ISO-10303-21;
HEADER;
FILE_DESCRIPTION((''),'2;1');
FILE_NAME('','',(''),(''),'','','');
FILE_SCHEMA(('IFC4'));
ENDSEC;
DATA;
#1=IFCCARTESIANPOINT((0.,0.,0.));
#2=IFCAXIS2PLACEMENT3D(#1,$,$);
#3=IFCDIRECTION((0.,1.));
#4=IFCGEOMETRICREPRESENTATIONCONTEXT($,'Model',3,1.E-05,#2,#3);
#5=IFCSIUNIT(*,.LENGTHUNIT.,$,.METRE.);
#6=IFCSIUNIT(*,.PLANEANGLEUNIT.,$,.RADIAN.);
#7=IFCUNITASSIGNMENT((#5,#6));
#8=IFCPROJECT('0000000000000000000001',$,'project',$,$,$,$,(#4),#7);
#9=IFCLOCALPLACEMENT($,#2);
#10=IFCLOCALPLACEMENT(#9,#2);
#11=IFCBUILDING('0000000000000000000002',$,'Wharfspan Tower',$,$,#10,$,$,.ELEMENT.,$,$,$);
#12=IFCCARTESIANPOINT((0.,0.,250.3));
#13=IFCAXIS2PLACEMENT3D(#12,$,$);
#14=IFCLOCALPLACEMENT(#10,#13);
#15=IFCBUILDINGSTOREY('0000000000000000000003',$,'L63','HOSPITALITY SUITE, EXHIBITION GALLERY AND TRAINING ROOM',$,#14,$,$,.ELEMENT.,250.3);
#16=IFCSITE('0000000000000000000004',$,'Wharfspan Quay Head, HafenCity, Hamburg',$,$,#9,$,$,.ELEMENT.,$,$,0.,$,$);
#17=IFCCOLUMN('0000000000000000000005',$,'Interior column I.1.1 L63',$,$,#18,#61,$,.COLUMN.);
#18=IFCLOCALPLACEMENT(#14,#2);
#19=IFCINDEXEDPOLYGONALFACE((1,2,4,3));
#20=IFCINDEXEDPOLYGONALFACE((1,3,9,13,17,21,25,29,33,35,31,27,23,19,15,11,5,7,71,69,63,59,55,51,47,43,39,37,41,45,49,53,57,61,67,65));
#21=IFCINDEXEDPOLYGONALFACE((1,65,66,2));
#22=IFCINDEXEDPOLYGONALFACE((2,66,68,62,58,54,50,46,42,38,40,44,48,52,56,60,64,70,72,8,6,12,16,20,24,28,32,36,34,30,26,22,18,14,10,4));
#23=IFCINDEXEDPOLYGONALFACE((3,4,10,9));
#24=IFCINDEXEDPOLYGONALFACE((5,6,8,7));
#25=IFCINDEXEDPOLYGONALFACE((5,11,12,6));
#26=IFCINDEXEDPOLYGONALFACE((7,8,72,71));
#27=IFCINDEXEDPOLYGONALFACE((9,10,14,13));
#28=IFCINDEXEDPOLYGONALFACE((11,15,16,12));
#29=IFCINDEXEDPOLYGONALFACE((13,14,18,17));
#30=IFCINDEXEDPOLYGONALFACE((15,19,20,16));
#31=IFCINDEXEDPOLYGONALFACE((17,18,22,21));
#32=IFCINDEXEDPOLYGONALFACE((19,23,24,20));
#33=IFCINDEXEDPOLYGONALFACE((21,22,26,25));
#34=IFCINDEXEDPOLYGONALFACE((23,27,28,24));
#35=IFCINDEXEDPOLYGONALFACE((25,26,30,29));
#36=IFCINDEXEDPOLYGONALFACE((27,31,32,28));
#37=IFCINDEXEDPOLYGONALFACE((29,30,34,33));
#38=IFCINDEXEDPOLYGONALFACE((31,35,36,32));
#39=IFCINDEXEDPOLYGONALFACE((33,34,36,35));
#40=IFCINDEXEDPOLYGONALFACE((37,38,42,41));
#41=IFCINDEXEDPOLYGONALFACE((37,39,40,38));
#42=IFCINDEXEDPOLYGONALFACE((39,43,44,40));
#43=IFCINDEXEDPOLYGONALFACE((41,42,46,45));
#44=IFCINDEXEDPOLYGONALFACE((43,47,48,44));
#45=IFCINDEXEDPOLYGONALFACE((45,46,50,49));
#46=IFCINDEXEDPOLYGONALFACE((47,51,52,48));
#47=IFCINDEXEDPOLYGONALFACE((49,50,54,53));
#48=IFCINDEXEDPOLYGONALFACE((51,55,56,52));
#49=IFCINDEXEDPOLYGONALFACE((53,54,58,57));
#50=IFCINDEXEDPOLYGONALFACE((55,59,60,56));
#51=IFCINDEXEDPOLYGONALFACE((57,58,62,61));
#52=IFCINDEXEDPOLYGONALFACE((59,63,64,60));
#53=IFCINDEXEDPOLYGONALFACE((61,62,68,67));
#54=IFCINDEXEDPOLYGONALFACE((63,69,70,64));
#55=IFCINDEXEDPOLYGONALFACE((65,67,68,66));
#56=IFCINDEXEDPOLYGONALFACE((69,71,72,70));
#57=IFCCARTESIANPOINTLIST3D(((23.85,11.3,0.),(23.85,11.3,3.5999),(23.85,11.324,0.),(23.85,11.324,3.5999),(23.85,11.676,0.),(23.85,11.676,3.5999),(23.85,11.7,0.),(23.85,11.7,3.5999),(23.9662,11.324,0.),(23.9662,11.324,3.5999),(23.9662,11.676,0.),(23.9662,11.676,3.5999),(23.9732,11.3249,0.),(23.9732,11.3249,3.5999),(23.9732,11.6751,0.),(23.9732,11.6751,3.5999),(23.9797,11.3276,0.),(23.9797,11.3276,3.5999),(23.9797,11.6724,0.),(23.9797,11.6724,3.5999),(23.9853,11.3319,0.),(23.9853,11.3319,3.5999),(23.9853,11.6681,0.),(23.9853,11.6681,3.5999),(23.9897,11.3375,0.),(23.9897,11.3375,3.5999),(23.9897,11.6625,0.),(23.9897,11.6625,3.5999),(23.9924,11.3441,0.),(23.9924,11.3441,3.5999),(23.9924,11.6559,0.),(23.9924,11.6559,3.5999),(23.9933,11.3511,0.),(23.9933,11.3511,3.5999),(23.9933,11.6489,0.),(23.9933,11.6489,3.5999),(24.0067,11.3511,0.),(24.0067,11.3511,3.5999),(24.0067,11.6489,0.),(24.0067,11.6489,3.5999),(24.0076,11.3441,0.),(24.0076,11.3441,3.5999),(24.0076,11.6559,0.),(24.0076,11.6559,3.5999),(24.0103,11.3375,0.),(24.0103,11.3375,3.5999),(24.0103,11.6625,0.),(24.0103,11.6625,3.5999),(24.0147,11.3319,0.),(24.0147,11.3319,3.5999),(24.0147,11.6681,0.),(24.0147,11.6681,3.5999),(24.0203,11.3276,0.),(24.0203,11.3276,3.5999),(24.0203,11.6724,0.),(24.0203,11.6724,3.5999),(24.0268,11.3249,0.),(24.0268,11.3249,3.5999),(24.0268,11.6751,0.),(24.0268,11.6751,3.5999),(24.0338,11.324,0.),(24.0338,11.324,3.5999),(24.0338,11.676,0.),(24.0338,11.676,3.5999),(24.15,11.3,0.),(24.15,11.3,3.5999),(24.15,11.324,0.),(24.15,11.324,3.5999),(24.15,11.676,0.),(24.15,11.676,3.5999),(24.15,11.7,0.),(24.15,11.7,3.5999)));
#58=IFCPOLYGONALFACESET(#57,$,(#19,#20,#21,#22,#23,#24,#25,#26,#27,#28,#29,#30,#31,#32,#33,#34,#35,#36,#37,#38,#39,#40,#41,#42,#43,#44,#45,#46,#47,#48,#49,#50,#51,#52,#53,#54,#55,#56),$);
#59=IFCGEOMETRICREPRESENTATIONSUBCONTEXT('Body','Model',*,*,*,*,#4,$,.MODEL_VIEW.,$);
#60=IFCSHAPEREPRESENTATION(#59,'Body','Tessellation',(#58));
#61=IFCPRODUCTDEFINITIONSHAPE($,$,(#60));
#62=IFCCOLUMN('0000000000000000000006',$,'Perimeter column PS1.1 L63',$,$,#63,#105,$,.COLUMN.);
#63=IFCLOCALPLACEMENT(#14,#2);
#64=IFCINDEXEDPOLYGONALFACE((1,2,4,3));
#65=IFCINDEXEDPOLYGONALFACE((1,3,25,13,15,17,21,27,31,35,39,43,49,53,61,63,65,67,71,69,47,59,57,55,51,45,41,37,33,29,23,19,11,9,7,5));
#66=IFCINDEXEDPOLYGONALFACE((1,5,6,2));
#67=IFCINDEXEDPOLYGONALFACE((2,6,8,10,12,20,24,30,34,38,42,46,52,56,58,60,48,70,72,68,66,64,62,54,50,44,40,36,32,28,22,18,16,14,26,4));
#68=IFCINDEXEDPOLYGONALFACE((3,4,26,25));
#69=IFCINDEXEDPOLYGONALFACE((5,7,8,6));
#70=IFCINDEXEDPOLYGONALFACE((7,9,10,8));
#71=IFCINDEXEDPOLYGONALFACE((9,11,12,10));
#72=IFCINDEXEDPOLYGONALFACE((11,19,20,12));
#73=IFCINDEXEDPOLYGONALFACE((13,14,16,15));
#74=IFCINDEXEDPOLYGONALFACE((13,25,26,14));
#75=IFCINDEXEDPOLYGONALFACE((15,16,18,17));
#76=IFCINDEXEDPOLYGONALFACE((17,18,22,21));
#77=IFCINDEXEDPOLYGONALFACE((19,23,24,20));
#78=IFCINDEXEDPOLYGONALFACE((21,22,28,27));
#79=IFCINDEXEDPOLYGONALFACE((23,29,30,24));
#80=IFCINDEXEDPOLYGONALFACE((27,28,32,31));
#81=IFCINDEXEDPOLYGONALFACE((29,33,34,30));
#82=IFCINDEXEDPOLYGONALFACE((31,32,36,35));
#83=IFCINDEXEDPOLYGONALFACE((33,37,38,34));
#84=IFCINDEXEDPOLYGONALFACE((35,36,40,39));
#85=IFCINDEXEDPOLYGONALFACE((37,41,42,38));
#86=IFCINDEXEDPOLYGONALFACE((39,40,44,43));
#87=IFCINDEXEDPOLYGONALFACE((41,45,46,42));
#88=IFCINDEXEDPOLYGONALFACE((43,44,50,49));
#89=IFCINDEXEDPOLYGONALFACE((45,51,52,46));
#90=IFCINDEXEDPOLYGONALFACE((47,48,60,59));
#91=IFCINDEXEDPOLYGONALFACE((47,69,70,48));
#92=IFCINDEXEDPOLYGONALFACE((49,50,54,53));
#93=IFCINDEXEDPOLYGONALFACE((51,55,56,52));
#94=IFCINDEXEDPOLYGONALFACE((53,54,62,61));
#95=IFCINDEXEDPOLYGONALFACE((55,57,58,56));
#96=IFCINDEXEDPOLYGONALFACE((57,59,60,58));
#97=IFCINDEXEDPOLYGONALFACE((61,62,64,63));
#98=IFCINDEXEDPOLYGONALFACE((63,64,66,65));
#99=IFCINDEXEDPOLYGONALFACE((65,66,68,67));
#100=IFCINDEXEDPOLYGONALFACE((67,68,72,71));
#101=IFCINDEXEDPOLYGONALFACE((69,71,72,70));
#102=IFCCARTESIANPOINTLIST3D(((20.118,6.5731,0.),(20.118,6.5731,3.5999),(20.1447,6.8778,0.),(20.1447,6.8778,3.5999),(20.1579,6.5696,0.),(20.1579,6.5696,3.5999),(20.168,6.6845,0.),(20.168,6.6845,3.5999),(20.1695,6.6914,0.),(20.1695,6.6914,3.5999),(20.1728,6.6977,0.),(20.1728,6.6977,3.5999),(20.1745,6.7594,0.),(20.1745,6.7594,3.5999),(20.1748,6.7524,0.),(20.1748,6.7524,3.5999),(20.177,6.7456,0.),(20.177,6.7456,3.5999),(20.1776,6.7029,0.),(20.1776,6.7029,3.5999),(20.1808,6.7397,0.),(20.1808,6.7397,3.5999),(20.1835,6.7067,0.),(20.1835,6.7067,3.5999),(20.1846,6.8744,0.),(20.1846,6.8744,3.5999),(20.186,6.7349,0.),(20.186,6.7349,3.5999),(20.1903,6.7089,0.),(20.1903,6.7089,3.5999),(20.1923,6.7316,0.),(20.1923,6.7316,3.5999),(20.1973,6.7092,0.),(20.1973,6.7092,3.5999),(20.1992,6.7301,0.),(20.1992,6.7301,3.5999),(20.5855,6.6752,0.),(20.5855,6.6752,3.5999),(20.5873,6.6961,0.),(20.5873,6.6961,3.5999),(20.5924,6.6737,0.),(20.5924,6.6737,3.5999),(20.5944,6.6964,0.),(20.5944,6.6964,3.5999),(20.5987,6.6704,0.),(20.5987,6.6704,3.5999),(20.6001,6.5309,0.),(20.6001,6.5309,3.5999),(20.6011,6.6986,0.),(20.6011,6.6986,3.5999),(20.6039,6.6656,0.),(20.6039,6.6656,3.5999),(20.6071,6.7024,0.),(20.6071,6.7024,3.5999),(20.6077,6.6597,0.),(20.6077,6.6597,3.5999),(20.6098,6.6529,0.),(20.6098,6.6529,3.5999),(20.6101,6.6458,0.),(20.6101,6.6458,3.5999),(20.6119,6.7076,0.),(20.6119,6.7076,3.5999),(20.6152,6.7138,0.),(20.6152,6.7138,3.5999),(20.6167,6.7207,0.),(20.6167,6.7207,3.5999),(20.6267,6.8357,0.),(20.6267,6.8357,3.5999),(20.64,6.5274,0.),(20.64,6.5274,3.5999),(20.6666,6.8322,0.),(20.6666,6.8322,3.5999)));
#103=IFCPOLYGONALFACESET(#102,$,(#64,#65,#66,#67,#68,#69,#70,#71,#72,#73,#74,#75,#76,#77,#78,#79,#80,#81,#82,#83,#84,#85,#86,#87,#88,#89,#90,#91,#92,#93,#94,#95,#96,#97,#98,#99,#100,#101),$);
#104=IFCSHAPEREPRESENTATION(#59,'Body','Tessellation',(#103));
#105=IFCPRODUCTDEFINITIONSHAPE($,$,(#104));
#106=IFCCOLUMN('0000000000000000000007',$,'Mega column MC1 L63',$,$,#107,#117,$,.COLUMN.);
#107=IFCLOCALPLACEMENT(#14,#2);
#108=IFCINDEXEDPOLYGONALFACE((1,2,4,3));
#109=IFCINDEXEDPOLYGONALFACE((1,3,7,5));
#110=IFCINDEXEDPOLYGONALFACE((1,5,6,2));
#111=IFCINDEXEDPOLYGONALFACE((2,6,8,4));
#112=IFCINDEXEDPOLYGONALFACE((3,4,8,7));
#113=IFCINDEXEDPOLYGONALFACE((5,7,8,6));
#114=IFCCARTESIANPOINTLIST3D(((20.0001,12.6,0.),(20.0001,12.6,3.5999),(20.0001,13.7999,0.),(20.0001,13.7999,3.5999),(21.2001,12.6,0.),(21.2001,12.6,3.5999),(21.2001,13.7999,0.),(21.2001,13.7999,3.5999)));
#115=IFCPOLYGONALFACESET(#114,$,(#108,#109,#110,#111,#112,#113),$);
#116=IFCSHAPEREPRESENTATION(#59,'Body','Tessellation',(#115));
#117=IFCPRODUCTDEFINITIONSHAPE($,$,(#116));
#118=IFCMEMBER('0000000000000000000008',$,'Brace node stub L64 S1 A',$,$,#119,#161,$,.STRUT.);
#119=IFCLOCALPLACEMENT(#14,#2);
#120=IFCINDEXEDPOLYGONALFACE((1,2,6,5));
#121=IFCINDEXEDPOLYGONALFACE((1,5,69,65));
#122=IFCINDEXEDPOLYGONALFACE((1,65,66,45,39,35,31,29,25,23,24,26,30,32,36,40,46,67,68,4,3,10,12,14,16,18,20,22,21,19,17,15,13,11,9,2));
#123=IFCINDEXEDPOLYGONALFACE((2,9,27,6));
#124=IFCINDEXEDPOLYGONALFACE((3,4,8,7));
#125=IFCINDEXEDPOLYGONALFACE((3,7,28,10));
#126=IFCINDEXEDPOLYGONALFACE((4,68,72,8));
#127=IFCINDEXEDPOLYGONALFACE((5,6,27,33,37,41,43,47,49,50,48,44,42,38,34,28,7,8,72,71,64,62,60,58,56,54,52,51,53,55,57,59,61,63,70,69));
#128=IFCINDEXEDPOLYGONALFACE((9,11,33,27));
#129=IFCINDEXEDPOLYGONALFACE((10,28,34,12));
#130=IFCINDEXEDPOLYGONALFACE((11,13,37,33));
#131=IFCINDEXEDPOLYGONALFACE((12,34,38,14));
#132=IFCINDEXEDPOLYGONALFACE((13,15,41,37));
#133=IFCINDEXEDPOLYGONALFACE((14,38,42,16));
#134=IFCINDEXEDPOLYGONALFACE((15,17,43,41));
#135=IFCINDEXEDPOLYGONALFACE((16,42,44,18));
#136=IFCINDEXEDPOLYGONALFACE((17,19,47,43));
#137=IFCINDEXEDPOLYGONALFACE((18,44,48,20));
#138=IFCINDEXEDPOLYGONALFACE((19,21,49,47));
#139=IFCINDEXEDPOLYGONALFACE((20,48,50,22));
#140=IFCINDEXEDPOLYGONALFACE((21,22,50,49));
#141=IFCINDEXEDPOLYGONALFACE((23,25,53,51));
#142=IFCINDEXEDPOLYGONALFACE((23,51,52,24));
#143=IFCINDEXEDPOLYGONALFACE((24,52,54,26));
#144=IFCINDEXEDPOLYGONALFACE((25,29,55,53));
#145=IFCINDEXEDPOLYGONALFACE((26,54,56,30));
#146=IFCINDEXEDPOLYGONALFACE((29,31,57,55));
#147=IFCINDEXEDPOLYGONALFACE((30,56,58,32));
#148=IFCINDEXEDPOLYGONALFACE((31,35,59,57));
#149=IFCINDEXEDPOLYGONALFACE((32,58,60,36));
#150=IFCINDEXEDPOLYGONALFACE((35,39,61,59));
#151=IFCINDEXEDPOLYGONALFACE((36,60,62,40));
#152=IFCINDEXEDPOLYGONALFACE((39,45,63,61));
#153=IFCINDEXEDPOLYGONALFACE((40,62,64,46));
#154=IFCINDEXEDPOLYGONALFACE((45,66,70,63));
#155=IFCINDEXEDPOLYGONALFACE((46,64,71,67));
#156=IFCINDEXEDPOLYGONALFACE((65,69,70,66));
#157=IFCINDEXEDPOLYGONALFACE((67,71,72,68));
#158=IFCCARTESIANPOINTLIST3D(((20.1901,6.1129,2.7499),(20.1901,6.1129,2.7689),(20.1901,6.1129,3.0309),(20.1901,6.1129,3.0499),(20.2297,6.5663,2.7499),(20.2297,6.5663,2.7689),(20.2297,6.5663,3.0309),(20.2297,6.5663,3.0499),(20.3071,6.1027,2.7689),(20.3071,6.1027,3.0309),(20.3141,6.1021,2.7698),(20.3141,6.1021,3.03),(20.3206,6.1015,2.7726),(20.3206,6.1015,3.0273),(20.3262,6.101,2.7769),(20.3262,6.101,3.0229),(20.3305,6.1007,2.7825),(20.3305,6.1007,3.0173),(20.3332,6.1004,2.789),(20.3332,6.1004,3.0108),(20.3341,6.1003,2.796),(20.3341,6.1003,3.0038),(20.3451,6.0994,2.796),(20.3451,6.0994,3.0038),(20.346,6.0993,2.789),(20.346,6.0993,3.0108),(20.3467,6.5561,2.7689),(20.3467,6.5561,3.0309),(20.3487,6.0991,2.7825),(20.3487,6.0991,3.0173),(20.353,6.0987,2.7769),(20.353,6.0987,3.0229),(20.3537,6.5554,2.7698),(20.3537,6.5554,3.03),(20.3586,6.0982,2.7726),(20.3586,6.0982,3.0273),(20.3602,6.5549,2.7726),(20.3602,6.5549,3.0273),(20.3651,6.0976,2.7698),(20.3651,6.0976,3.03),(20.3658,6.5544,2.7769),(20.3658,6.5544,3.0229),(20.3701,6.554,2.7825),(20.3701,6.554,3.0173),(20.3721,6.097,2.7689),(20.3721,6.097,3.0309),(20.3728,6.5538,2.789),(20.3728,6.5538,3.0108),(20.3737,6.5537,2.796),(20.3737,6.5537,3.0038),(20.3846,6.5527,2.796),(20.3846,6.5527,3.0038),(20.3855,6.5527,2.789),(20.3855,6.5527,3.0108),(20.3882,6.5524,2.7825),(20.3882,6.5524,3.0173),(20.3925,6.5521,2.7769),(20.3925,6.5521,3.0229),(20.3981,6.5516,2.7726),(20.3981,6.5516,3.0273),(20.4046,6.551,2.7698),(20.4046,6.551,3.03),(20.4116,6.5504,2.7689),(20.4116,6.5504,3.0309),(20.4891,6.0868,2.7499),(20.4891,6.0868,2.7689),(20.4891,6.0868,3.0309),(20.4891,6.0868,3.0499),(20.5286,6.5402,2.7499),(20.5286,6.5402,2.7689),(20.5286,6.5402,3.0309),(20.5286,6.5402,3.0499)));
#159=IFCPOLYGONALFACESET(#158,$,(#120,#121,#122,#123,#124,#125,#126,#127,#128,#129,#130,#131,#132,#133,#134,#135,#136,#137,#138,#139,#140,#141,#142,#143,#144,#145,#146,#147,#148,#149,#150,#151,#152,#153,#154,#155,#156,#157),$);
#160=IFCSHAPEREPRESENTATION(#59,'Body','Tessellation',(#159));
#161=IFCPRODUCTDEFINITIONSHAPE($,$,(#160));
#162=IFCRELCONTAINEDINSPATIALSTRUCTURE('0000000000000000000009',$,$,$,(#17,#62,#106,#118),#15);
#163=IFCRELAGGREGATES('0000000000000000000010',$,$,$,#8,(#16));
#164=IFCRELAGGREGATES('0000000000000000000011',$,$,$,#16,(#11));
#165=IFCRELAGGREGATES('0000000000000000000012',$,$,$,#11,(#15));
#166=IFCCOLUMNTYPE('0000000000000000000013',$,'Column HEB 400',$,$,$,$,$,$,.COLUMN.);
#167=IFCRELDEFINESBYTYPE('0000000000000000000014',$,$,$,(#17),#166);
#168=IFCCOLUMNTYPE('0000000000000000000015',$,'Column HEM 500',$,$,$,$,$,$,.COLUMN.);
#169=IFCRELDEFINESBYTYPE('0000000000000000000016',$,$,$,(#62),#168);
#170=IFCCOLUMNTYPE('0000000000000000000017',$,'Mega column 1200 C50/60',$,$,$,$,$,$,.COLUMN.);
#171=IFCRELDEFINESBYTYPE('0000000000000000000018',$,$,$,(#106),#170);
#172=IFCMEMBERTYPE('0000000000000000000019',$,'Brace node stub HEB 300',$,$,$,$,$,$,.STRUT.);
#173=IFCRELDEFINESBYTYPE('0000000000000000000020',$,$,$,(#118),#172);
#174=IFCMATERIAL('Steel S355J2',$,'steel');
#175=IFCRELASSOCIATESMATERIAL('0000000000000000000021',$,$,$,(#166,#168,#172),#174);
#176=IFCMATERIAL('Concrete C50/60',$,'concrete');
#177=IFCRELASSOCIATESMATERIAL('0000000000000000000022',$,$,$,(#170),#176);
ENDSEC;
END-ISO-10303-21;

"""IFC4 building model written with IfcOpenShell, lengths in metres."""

from ifc_helpers import new_model, si_unit, direction, frame, origin, origin_2d, place, context, subcontext, project, spatial, rectangle, i_section, extrude, material, material_profile, profile_set, type_object, element, save


model = new_model("IFC4")

# Units and contexts
model_context = context("Model", 3, precision=1e-05, world=origin(), true_north=direction((0.0, 1.0)))
body_context = subcontext(model_context, "Body", "Model", "MODEL_VIEW")
ifc_project = project(units=[si_unit("LENGTHUNIT", "METRE"), si_unit("PLANEANGLEUNIT", "RADIAN")], contexts=[model_context])

# Site, building, storey
site_placement = place(None, origin())
site = spatial("IfcSite", under=ifc_project, at=site_placement, Name="Wharfspan Quay Head, HafenCity, Hamburg", CompositionType="ELEMENT", RefElevation=0.0)
building_placement = place(site_placement, origin())
building = spatial("IfcBuilding", under=site, at=building_placement, Name="Wharfspan Tower", CompositionType="ELEMENT")
storey_placement = place(building_placement, frame((0.0, 0.0, 250.3)))
storey = spatial("IfcBuildingStorey", under=building, at=storey_placement, Name="L63", Description="HOSPITALITY SUITE, EXHIBITION GALLERY AND TRAINING ROOM", CompositionType="ELEMENT", Elevation=250.3)

# Columns
ifc_material_1 = material(Name="Steel S355J2", Category="steel")
ifc_material_profile_1 = material_profile(ifc_material_1, i_section(OverallWidth=0.3, OverallDepth=0.3999, WebThickness=0.0134, FlangeThickness=0.0239, FilletRadius=0.0271, at=origin_2d()))
ifc_profile_set_1 = profile_set([ifc_material_profile_1], Name="Steel S355J2")
column_type_1 = type_object("IfcColumnType", Name="Column HEB 400", PredefinedType="COLUMN", material=ifc_profile_set_1)
column_1_placement = place(storey_placement, frame((24.0, 11.5, 0.0), z_axis=(0.0, 0.0, 1.0), x_axis=(1.0, 0.0, 0.0)))
element("IfcColumn", 1, at=column_1_placement, inside=storey, type_object=column_type_1, Name="Interior column I.1.1 L63", PredefinedType="COLUMN", context=body_context, shape_type="SweptSolid", body=[
    extrude(i_section(OverallWidth=0.3, OverallDepth=0.3999, WebThickness=0.0134, FlangeThickness=0.0239, FilletRadius=0.0271, at=origin_2d()), origin(), (0.0, 0.0, 1.0), 3.5999),
])
ifc_material_profile_2 = material_profile(ifc_material_1, i_section(OverallWidth=0.3059, OverallDepth=0.5239, WebThickness=0.021, FlangeThickness=0.04, FilletRadius=0.0271, at=origin_2d()))
ifc_profile_set_2 = profile_set([ifc_material_profile_2], Name="Steel S355J2")
column_type_2 = type_object("IfcColumnType", Name="Column HEM 500", PredefinedType="COLUMN", material=ifc_profile_set_2)
column_2_placement = place(storey_placement, frame((20.3923, 6.7026, 0.0), z_axis=(0.0, 0.0, 1.0), x_axis=(-0.087156, -0.996197, 0.0)))
element("IfcColumn", 2, at=column_2_placement, inside=storey, type_object=column_type_2, Name="Perimeter column PS1.1 L63", PredefinedType="COLUMN", context=body_context, shape_type="SweptSolid", body=[
    extrude(i_section(OverallWidth=0.3059, OverallDepth=0.5239, WebThickness=0.021, FlangeThickness=0.04, FilletRadius=0.0271, at=origin_2d()), origin(), (0.0, 0.0, 1.0), 3.5999),
])
ifc_material_2 = material(Name="Concrete C50/60", Category="concrete")
ifc_material_profile_3 = material_profile(ifc_material_2, rectangle(XDim=1.2, YDim=1.2, at=origin_2d()))
ifc_profile_set_3 = profile_set([ifc_material_profile_3], Name="Concrete C50/60")
column_type_3 = type_object("IfcColumnType", Name="Mega column 1200 C50/60", PredefinedType="COLUMN", material=ifc_profile_set_3)
column_3_placement = place(storey_placement, frame((20.6001, 13.2, 0.0), z_axis=(0.0, 0.0, 1.0), x_axis=(1.0, 0.0, 0.0)))
element("IfcColumn", 3, at=column_3_placement, inside=storey, type_object=column_type_3, Name="Mega column MC1 L63", PredefinedType="COLUMN", context=body_context, shape_type="SweptSolid", body=[
    extrude(rectangle(XDim=1.2, YDim=1.2, at=origin_2d()), origin(), (0.0, 0.0, 1.0), 3.5999),
])

# Member
ifc_material_profile_4 = material_profile(ifc_material_1, i_section(OverallWidth=0.3, OverallDepth=0.3, WebThickness=0.011, FlangeThickness=0.019, FilletRadius=0.0271, at=origin_2d()))
ifc_profile_set_4 = profile_set([ifc_material_profile_4], Name="Steel S355J2")
member_type_1 = type_object("IfcMemberType", Name="Brace node stub HEB 300", PredefinedType="STRUT", material=ifc_profile_set_4)
member_1_placement = place(storey_placement, frame((20.3791, 6.5532, 2.8999), z_axis=(-0.086907, -0.996216, 0.0), x_axis=(0.996216, -0.086907, 0.0)))
element("IfcMember", 4, at=member_1_placement, inside=storey, type_object=member_type_1, Name="Brace node stub L64 S1 A", PredefinedType="STRUT", context=body_context, shape_type="SweptSolid", body=[
    extrude(i_section(OverallWidth=0.3, OverallDepth=0.3, WebThickness=0.011, FlangeThickness=0.019, FilletRadius=0.0271, at=origin_2d()), origin(), (0.0, 0.0, 1.0), 0.4551),
])

save(model, "model.ifc")
